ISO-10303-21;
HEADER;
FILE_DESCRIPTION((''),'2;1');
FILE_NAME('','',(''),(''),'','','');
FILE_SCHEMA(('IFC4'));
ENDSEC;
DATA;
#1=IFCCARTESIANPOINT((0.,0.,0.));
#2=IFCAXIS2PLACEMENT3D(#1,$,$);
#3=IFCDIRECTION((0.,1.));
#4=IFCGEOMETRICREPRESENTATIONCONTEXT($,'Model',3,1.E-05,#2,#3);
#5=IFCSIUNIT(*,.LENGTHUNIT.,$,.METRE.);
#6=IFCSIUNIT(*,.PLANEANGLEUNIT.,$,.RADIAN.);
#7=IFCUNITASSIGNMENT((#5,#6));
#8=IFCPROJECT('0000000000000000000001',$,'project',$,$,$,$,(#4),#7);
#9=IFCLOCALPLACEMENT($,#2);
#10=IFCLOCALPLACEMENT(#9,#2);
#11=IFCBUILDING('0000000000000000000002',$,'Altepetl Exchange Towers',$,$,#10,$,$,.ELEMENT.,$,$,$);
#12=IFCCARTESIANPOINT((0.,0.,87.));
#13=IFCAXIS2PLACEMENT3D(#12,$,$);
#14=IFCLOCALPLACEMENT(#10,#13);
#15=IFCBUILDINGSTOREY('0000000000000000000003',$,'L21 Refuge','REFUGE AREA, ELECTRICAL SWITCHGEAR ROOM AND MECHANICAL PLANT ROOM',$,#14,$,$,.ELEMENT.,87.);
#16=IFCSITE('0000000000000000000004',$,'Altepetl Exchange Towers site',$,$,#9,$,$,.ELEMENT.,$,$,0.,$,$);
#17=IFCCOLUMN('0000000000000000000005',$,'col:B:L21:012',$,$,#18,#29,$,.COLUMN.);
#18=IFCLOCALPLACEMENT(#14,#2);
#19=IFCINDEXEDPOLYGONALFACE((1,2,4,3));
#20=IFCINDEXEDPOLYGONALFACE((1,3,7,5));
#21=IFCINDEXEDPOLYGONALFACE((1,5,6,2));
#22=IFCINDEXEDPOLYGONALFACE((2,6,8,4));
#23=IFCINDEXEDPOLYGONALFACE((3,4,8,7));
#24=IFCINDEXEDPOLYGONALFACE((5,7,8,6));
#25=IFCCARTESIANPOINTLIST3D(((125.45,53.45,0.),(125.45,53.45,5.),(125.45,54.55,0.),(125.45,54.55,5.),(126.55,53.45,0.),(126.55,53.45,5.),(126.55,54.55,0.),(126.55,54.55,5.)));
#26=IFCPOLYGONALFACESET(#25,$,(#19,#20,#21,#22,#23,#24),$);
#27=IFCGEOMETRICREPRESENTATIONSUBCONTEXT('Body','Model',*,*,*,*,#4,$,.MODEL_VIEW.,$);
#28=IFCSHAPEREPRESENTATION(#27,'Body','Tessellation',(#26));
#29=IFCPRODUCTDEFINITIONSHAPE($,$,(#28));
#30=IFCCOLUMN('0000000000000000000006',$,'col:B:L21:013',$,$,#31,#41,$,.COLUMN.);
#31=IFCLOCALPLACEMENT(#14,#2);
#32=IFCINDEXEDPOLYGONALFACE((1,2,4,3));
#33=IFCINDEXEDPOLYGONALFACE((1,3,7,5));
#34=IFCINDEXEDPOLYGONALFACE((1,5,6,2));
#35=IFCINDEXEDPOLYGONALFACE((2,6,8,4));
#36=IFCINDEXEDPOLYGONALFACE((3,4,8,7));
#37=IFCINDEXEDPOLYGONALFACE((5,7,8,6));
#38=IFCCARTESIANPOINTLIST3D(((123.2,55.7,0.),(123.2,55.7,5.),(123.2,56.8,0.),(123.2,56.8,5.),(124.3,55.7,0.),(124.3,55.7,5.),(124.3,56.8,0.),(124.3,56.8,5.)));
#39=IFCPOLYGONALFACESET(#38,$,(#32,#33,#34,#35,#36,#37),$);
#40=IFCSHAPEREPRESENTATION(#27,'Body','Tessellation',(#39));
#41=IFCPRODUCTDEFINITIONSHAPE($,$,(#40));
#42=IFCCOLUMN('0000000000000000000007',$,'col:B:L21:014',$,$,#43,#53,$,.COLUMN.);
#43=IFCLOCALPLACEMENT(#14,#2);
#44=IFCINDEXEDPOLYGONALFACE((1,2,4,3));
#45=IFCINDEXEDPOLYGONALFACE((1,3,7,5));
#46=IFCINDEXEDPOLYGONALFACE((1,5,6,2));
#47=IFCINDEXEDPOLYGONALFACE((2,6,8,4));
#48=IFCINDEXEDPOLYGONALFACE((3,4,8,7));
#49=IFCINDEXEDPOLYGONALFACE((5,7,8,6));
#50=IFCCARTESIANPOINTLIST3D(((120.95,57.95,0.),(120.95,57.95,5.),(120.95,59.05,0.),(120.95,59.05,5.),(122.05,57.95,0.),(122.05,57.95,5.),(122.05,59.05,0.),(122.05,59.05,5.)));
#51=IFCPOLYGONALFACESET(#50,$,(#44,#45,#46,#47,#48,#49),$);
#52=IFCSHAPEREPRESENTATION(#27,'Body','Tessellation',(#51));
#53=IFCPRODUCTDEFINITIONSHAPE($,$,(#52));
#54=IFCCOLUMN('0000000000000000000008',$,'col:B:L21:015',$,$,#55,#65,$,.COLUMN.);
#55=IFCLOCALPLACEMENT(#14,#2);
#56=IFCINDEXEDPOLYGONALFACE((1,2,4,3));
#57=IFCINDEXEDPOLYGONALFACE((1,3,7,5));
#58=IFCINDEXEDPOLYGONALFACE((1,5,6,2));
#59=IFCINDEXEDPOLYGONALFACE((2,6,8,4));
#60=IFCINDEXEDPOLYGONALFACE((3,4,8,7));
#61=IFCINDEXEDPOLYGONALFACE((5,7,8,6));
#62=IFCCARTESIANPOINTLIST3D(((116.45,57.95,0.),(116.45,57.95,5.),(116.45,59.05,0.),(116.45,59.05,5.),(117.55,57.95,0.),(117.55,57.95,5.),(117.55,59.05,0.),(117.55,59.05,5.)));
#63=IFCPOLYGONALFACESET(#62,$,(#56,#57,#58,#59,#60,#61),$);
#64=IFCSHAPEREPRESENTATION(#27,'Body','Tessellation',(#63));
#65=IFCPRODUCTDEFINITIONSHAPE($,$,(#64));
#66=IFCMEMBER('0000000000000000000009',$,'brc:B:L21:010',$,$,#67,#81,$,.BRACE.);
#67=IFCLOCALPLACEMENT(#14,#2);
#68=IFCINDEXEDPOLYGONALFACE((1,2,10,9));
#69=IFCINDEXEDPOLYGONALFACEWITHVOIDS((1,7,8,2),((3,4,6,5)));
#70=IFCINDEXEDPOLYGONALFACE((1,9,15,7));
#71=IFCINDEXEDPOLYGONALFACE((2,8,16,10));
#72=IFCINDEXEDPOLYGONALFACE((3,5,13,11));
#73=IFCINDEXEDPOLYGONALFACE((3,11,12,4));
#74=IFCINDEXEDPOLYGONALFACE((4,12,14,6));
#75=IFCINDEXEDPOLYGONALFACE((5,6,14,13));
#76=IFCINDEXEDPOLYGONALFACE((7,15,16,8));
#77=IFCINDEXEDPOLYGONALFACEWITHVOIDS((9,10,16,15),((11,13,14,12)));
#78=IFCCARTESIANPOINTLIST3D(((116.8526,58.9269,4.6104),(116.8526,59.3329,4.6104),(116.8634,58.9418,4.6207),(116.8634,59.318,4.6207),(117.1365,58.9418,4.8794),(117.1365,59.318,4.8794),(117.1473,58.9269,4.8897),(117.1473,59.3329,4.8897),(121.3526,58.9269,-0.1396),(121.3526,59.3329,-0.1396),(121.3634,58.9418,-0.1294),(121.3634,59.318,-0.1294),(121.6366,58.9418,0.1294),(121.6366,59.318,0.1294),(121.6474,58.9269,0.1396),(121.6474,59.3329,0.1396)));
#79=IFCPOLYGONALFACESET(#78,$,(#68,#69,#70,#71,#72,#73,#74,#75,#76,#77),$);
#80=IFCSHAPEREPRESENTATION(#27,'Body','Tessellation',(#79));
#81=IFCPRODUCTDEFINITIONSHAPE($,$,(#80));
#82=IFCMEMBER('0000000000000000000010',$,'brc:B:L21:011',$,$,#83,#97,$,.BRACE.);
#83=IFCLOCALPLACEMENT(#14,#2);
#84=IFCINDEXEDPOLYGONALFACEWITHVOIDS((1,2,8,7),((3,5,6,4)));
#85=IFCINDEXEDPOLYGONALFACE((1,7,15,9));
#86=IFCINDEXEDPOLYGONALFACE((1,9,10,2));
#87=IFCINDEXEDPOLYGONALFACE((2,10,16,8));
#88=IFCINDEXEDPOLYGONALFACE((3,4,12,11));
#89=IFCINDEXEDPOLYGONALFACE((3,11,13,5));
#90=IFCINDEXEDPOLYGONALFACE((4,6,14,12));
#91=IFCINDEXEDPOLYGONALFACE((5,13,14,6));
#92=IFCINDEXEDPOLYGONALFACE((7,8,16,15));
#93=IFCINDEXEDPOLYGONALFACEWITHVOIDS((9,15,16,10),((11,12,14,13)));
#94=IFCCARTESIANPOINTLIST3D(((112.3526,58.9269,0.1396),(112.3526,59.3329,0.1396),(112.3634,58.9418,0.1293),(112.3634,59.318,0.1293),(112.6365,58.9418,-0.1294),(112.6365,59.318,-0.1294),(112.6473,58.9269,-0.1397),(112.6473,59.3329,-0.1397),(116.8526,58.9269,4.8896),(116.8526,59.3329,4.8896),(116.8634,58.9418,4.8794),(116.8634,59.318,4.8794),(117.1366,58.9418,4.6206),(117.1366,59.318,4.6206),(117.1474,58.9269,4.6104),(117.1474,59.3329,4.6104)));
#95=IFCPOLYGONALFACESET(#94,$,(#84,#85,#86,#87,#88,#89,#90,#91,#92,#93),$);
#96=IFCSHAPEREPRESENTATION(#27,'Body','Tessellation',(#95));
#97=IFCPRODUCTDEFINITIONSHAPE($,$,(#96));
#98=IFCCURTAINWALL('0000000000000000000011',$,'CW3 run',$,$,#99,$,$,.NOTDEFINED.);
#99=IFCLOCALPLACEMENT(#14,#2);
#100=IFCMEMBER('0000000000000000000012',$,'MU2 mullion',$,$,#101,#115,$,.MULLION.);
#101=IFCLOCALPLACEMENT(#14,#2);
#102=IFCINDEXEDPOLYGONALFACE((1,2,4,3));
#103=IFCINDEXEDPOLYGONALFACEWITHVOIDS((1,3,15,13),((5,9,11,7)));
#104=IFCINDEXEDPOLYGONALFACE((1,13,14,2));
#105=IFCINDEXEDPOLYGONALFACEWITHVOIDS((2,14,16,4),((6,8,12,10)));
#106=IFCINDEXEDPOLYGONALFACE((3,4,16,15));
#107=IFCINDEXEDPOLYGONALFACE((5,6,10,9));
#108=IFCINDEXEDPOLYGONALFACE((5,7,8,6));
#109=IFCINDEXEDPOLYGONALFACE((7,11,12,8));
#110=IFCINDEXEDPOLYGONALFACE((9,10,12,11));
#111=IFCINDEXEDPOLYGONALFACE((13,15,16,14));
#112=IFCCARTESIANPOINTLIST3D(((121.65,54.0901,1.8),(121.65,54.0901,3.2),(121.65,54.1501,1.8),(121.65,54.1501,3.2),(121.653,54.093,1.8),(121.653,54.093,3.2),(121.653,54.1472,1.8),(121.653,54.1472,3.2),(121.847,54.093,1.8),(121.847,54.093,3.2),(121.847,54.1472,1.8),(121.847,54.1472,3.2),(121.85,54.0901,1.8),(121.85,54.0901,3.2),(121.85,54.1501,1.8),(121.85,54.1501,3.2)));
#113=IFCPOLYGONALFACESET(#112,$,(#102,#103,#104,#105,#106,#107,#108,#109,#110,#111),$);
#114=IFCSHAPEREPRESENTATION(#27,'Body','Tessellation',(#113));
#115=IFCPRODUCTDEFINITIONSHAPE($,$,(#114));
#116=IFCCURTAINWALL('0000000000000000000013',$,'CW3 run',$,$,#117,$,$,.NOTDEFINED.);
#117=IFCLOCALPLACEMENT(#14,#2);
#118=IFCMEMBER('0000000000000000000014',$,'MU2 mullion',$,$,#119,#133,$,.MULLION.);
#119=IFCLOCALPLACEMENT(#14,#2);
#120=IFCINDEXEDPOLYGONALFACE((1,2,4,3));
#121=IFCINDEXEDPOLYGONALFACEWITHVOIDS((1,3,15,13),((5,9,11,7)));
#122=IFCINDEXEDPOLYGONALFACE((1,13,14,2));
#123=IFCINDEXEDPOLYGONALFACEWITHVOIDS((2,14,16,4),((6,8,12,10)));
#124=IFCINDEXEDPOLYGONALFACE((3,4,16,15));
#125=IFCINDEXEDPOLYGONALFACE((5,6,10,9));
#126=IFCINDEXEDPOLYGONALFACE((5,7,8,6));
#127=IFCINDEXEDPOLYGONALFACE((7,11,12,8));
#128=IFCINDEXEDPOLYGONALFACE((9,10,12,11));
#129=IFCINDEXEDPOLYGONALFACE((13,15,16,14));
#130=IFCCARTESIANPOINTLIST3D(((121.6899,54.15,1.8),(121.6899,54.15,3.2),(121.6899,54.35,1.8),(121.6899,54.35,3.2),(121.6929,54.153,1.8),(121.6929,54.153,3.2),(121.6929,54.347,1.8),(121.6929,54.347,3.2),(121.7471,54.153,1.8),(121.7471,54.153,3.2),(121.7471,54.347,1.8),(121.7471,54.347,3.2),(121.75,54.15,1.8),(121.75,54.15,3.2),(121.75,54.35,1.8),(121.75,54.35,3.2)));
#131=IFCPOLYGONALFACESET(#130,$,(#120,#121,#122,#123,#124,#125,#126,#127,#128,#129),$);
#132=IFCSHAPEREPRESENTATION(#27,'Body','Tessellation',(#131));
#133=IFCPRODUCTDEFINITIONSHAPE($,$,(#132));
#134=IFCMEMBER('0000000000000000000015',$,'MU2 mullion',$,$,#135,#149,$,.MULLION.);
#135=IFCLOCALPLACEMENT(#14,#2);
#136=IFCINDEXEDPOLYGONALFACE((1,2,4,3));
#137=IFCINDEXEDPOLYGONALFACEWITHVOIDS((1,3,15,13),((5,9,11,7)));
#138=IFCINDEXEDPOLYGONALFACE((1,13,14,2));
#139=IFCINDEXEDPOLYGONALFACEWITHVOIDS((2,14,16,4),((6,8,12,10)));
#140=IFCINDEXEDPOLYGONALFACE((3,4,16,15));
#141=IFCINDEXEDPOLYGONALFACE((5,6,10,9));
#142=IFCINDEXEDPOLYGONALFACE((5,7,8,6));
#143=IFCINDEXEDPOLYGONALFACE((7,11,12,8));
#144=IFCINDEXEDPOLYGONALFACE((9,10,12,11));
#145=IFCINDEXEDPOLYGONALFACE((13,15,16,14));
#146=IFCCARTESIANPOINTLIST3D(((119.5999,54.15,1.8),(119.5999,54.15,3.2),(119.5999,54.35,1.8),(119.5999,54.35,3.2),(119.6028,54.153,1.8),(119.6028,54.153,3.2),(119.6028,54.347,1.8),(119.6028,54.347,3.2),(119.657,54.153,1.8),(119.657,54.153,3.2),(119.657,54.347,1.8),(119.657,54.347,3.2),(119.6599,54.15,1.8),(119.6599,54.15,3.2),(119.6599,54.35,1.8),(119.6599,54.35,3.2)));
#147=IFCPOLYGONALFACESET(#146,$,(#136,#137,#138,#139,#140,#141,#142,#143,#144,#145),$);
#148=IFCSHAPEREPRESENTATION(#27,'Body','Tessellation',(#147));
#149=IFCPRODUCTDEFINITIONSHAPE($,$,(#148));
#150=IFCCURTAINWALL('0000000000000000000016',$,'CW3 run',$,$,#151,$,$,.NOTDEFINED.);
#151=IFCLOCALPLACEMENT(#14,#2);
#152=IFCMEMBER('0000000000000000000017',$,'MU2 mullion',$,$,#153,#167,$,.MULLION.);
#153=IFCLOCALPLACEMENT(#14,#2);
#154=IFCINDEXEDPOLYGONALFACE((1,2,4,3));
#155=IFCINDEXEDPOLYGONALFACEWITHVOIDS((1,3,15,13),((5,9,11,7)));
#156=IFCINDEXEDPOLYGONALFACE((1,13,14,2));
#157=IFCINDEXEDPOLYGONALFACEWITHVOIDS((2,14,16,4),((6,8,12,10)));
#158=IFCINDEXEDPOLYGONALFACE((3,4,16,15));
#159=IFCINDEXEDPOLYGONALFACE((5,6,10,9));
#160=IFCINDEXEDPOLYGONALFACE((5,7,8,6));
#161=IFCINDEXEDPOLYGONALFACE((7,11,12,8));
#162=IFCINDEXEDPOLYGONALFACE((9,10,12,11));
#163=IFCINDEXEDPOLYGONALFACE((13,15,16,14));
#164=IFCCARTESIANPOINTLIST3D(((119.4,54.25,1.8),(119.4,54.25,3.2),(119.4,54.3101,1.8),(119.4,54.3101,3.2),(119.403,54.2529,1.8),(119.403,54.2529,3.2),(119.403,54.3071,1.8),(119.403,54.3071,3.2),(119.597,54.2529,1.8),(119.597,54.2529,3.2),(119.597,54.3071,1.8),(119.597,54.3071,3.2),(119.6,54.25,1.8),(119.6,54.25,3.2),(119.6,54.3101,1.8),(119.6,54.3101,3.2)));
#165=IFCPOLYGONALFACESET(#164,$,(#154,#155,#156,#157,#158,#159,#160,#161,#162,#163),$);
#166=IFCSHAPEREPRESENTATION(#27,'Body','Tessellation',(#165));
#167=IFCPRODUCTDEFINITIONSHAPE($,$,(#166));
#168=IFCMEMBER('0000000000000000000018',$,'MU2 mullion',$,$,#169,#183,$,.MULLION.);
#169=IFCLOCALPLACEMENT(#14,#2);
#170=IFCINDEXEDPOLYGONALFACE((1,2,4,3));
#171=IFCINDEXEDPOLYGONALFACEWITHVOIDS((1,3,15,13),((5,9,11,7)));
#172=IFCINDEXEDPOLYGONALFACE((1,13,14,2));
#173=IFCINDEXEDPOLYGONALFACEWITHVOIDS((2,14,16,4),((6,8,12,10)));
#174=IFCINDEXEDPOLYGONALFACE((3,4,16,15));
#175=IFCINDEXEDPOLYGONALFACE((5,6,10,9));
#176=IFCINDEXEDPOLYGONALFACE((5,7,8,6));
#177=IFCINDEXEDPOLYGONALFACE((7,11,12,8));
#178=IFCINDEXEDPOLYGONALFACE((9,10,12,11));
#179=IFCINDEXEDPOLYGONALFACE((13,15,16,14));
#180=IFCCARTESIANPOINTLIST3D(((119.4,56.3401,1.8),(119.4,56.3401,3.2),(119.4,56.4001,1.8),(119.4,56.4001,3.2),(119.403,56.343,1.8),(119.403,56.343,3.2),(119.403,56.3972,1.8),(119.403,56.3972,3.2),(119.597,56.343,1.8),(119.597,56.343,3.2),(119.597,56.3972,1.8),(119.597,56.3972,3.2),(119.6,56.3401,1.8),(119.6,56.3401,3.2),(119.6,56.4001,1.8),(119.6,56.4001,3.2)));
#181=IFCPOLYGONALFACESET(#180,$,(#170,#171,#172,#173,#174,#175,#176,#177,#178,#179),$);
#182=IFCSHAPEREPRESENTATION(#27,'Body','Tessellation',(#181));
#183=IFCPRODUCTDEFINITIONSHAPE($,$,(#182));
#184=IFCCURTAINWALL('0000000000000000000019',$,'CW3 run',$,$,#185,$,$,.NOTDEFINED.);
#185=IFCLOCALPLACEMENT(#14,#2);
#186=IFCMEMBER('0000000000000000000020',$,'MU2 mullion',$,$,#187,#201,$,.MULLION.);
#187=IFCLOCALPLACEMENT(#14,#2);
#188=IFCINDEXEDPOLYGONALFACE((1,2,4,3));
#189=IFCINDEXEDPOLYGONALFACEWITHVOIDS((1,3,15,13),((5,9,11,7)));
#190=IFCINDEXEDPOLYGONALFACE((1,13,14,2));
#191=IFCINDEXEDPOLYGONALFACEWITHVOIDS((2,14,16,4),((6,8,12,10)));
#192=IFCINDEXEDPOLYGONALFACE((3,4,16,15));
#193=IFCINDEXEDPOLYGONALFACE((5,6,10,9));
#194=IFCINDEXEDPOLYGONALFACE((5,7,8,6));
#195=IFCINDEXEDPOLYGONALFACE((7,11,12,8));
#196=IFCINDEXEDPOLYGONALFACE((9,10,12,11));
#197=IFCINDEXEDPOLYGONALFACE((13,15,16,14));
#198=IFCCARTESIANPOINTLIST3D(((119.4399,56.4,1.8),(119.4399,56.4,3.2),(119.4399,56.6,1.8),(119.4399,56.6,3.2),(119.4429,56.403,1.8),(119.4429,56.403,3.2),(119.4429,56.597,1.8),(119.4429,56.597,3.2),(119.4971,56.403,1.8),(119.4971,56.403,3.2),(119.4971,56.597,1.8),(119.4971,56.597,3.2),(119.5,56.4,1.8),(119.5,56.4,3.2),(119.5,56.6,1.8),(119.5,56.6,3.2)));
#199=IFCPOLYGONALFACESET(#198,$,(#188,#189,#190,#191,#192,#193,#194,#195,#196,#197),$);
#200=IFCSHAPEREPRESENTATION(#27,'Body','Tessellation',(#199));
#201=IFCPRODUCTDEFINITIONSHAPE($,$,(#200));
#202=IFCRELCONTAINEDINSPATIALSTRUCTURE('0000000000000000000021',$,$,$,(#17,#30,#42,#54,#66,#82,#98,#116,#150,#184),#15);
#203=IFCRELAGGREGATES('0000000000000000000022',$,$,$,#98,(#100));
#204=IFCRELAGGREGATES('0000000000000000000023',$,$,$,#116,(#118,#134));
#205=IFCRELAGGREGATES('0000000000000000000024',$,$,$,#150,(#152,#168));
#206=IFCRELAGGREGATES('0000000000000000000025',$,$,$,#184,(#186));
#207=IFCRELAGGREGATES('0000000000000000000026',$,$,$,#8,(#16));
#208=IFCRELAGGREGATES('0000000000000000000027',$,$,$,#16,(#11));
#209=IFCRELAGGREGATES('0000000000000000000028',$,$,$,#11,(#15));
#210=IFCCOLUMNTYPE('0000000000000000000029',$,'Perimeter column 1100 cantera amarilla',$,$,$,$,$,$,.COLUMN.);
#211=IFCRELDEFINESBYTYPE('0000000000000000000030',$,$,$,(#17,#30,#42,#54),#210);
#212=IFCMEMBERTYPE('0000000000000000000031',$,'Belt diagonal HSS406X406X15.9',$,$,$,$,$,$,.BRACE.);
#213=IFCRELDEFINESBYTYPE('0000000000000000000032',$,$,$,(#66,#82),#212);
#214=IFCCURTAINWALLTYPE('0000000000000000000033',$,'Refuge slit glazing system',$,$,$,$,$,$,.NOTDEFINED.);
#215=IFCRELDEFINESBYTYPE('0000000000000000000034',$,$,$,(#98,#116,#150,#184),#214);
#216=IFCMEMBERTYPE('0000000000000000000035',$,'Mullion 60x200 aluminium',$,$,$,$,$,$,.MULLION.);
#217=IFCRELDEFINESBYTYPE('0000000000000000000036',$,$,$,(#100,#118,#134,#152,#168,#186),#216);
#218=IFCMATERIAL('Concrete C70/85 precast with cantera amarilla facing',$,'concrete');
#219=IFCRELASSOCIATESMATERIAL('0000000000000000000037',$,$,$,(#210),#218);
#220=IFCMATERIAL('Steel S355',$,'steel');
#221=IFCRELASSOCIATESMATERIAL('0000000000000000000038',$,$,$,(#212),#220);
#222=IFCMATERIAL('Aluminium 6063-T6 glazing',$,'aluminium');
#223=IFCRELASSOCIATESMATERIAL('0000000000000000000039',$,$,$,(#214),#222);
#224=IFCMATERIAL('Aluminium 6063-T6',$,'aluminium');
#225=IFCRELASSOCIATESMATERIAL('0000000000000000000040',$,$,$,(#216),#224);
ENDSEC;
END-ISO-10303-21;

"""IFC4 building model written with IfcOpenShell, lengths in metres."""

from ifc_helpers import new_model, si_unit, direction, frame, origin, origin_2d, place, context, subcontext, project, spatial, rectangle, hollow_rectangle, extrude, material, material_profile, profile_set, type_object, element, aggregate, save


model = new_model("IFC4")

# Units and contexts
model_context = context("Model", 3, precision=1e-05, world=origin(), true_north=direction((0.0, 1.0)))
body_context = subcontext(model_context, "Body", "Model", "MODEL_VIEW")
ifc_project = project(units=[si_unit("LENGTHUNIT", "METRE"), si_unit("PLANEANGLEUNIT", "RADIAN")], contexts=[model_context])

# Site, building, storey
site_placement = place(None, origin())
site = spatial("IfcSite", under=ifc_project, at=site_placement, Name="Altepetl Exchange Towers site", CompositionType="ELEMENT", RefElevation=0.0)
building_placement = place(site_placement, origin())
building = spatial("IfcBuilding", under=site, at=building_placement, Name="Altepetl Exchange Towers", CompositionType="ELEMENT")
storey_placement = place(building_placement, frame((0.0, 0.0, 87.0)))
storey = spatial("IfcBuildingStorey", under=building, at=storey_placement, Name="L21 Refuge", Description="REFUGE AREA, ELECTRICAL SWITCHGEAR ROOM AND MECHANICAL PLANT ROOM", CompositionType="ELEMENT", Elevation=87.0)

# Columns
ifc_material_1 = material(Name="Concrete C70/85 precast with cantera amarilla facing", Category="concrete")
ifc_material_profile_1 = material_profile(ifc_material_1, rectangle(XDim=1.1001, YDim=1.1001, at=origin_2d()), Name="1100 x 1100")
ifc_profile_set_1 = profile_set([ifc_material_profile_1], Name="Concrete C70/85 precast with cantera amarilla facing")
column_type = type_object("IfcColumnType", Name="Perimeter column 1100 cantera amarilla", PredefinedType="COLUMN", material=ifc_profile_set_1)
for number, where, name in (
    (1, (126.0, 54.0, 0.0), "col:B:L21:012"),
    (2, (123.75, 56.25, 0.0), "col:B:L21:013"),
    (3, (121.5, 58.5, 0.0), "col:B:L21:014"),
    (4, (117.0, 58.5, 0.0), "col:B:L21:015"),
):
    element("IfcColumn", number, at=place(storey_placement, frame(where)), inside=storey, type_object=column_type, Name=name, PredefinedType="COLUMN", context=body_context, shape_type="SweptSolid", body=[
        extrude(rectangle(XDim=1.1001, YDim=1.1001, at=origin_2d()), origin(), (0.0, 0.0, 1.0), 5.0),
    ])

# Members
ifc_material_2 = material(Name="Steel S355", Category="steel")
ifc_material_profile_2 = material_profile(ifc_material_2, hollow_rectangle(XDim=0.406, YDim=0.406, WallThickness=0.0149, at=origin_2d()), Name="HSS406X406X15.9")
ifc_profile_set_2 = profile_set([ifc_material_profile_2], Name="Steel S355")
member_type_1 = type_object("IfcMemberType", Name="Belt diagonal HSS406X406X15.9", PredefinedType="BRACE", material=ifc_profile_set_2)
for number, where, z_axis, x_axis, name in (
    (5, (121.5, 59.1299, 0.0), (-0.687745, 0.0, 0.725953), (0.0, -1.0, 0.0), "brc:B:L21:010"),
    (6, (117.0, 59.1299, 4.75), (-0.687745, 0.0, -0.725953), (0.0, -1.0, 0.0), "brc:B:L21:011"),
):
    element("IfcMember", number, at=place(storey_placement, frame(where, z_axis=z_axis, x_axis=x_axis)), inside=storey, type_object=member_type_1, Name=name, PredefinedType="BRACE", context=body_context, shape_type="SweptSolid", body=[
        extrude(hollow_rectangle(XDim=0.406, YDim=0.406, WallThickness=0.0149, at=origin_2d()), origin(), (0.0, 0.0, 1.0), 6.5432),
    ])

# Curtain wall, member
ifc_material_3 = material(Name="Aluminium 6063-T6 glazing", Category="aluminium")
curtain_wall_type = type_object("IfcCurtainWallType", Name="Refuge slit glazing system", PredefinedType="NOTDEFINED", material=ifc_material_3)
curtain_wall_1_placement = place(storey_placement, origin())
curtain_wall_1 = element("IfcCurtainWall", 7, at=curtain_wall_1_placement, inside=storey, type_object=curtain_wall_type, Name="CW3 run", PredefinedType="NOTDEFINED")
ifc_material_4 = material(Name="Aluminium 6063-T6", Category="aluminium")
ifc_material_profile_3 = material_profile(ifc_material_4, hollow_rectangle(XDim=0.0601, YDim=0.2, WallThickness=0.0029, at=origin_2d()), Name="Mullion 60x200 aluminium")
ifc_profile_set_3 = profile_set([ifc_material_profile_3], Name="Aluminium 6063-T6")
member_type_2 = type_object("IfcMemberType", Name="Mullion 60x200 aluminium", PredefinedType="MULLION", material=ifc_profile_set_3)
member_1_placement = place(storey_placement, frame((121.75, 54.1201, 1.8), z_axis=(0.0, 0.0, 1.0), x_axis=(0.0, 1.0, 0.0)))
member_1 = element("IfcMember", 8, at=member_1_placement, type_object=member_type_2, Name="MU2 mullion", PredefinedType="MULLION", context=body_context, shape_type="SweptSolid", body=[
    extrude(hollow_rectangle(XDim=0.0601, YDim=0.2, WallThickness=0.0029, at=origin_2d()), origin(), (0.0, 0.0, 1.0), 1.3999),
])
aggregate(curtain_wall_1, [member_1])

# Curtain walls, members
curtain_wall_2_placement = place(storey_placement, origin())
curtain_wall_2 = element("IfcCurtainWall", 9, at=curtain_wall_2_placement, inside=storey, type_object=curtain_wall_type, Name="CW3 run", PredefinedType="NOTDEFINED")
member_2_placement = place(storey_placement, frame((121.72, 54.25, 1.8), z_axis=(0.0, 0.0, 1.0), x_axis=(-1.0, 0.0, 0.0)))
member_2 = element("IfcMember", 10, at=member_2_placement, type_object=member_type_2, Name="MU2 mullion", PredefinedType="MULLION", context=body_context, shape_type="SweptSolid", body=[
    extrude(hollow_rectangle(XDim=0.0601, YDim=0.2, WallThickness=0.0029, at=origin_2d()), origin(), (0.0, 0.0, 1.0), 1.3999),
])
member_3_placement = place(storey_placement, frame((119.6299, 54.25, 1.8), z_axis=(0.0, 0.0, 1.0), x_axis=(-1.0, 0.0, 0.0)))
member_3 = element("IfcMember", 11, at=member_3_placement, type_object=member_type_2, Name="MU2 mullion", PredefinedType="MULLION", context=body_context, shape_type="SweptSolid", body=[
    extrude(hollow_rectangle(XDim=0.0601, YDim=0.2, WallThickness=0.0029, at=origin_2d()), origin(), (0.0, 0.0, 1.0), 1.3999),
])
curtain_wall_3_placement = place(storey_placement, origin())
curtain_wall_3 = element("IfcCurtainWall", 12, at=curtain_wall_3_placement, inside=storey, type_object=curtain_wall_type, Name="CW3 run", PredefinedType="NOTDEFINED")
member_4_placement = place(storey_placement, frame((119.5, 54.28, 1.8), z_axis=(0.0, 0.0, 1.0), x_axis=(0.0, 1.0, 0.0)))
member_4 = element("IfcMember", 13, at=member_4_placement, type_object=member_type_2, Name="MU2 mullion", PredefinedType="MULLION", context=body_context, shape_type="SweptSolid", body=[
    extrude(hollow_rectangle(XDim=0.0601, YDim=0.2, WallThickness=0.0029, at=origin_2d()), origin(), (0.0, 0.0, 1.0), 1.3999),
])
member_5_placement = place(storey_placement, frame((119.5, 56.3701, 1.8), z_axis=(0.0, 0.0, 1.0), x_axis=(0.0, 1.0, 0.0)))
member_5 = element("IfcMember", 14, at=member_5_placement, type_object=member_type_2, Name="MU2 mullion", PredefinedType="MULLION", context=body_context, shape_type="SweptSolid", body=[
    extrude(hollow_rectangle(XDim=0.0601, YDim=0.2, WallThickness=0.0029, at=origin_2d()), origin(), (0.0, 0.0, 1.0), 1.3999),
])

# Curtain wall, member
curtain_wall_4_placement = place(storey_placement, origin())
curtain_wall_4 = element("IfcCurtainWall", 15, at=curtain_wall_4_placement, inside=storey, type_object=curtain_wall_type, Name="CW3 run", PredefinedType="NOTDEFINED")
member_6_placement = place(storey_placement, frame((119.47, 56.5, 1.8), z_axis=(0.0, 0.0, 1.0), x_axis=(-1.0, 0.0, 0.0)))
member_6 = element("IfcMember", 16, at=member_6_placement, type_object=member_type_2, Name="MU2 mullion", PredefinedType="MULLION", context=body_context, shape_type="SweptSolid", body=[
    extrude(hollow_rectangle(XDim=0.0601, YDim=0.2, WallThickness=0.0029, at=origin_2d()), origin(), (0.0, 0.0, 1.0), 1.3999),
])

aggregate(curtain_wall_2, [member_2, member_3])
aggregate(curtain_wall_3, [member_4, member_5])
aggregate(curtain_wall_4, [member_6])

save(model, "model.ifc")
